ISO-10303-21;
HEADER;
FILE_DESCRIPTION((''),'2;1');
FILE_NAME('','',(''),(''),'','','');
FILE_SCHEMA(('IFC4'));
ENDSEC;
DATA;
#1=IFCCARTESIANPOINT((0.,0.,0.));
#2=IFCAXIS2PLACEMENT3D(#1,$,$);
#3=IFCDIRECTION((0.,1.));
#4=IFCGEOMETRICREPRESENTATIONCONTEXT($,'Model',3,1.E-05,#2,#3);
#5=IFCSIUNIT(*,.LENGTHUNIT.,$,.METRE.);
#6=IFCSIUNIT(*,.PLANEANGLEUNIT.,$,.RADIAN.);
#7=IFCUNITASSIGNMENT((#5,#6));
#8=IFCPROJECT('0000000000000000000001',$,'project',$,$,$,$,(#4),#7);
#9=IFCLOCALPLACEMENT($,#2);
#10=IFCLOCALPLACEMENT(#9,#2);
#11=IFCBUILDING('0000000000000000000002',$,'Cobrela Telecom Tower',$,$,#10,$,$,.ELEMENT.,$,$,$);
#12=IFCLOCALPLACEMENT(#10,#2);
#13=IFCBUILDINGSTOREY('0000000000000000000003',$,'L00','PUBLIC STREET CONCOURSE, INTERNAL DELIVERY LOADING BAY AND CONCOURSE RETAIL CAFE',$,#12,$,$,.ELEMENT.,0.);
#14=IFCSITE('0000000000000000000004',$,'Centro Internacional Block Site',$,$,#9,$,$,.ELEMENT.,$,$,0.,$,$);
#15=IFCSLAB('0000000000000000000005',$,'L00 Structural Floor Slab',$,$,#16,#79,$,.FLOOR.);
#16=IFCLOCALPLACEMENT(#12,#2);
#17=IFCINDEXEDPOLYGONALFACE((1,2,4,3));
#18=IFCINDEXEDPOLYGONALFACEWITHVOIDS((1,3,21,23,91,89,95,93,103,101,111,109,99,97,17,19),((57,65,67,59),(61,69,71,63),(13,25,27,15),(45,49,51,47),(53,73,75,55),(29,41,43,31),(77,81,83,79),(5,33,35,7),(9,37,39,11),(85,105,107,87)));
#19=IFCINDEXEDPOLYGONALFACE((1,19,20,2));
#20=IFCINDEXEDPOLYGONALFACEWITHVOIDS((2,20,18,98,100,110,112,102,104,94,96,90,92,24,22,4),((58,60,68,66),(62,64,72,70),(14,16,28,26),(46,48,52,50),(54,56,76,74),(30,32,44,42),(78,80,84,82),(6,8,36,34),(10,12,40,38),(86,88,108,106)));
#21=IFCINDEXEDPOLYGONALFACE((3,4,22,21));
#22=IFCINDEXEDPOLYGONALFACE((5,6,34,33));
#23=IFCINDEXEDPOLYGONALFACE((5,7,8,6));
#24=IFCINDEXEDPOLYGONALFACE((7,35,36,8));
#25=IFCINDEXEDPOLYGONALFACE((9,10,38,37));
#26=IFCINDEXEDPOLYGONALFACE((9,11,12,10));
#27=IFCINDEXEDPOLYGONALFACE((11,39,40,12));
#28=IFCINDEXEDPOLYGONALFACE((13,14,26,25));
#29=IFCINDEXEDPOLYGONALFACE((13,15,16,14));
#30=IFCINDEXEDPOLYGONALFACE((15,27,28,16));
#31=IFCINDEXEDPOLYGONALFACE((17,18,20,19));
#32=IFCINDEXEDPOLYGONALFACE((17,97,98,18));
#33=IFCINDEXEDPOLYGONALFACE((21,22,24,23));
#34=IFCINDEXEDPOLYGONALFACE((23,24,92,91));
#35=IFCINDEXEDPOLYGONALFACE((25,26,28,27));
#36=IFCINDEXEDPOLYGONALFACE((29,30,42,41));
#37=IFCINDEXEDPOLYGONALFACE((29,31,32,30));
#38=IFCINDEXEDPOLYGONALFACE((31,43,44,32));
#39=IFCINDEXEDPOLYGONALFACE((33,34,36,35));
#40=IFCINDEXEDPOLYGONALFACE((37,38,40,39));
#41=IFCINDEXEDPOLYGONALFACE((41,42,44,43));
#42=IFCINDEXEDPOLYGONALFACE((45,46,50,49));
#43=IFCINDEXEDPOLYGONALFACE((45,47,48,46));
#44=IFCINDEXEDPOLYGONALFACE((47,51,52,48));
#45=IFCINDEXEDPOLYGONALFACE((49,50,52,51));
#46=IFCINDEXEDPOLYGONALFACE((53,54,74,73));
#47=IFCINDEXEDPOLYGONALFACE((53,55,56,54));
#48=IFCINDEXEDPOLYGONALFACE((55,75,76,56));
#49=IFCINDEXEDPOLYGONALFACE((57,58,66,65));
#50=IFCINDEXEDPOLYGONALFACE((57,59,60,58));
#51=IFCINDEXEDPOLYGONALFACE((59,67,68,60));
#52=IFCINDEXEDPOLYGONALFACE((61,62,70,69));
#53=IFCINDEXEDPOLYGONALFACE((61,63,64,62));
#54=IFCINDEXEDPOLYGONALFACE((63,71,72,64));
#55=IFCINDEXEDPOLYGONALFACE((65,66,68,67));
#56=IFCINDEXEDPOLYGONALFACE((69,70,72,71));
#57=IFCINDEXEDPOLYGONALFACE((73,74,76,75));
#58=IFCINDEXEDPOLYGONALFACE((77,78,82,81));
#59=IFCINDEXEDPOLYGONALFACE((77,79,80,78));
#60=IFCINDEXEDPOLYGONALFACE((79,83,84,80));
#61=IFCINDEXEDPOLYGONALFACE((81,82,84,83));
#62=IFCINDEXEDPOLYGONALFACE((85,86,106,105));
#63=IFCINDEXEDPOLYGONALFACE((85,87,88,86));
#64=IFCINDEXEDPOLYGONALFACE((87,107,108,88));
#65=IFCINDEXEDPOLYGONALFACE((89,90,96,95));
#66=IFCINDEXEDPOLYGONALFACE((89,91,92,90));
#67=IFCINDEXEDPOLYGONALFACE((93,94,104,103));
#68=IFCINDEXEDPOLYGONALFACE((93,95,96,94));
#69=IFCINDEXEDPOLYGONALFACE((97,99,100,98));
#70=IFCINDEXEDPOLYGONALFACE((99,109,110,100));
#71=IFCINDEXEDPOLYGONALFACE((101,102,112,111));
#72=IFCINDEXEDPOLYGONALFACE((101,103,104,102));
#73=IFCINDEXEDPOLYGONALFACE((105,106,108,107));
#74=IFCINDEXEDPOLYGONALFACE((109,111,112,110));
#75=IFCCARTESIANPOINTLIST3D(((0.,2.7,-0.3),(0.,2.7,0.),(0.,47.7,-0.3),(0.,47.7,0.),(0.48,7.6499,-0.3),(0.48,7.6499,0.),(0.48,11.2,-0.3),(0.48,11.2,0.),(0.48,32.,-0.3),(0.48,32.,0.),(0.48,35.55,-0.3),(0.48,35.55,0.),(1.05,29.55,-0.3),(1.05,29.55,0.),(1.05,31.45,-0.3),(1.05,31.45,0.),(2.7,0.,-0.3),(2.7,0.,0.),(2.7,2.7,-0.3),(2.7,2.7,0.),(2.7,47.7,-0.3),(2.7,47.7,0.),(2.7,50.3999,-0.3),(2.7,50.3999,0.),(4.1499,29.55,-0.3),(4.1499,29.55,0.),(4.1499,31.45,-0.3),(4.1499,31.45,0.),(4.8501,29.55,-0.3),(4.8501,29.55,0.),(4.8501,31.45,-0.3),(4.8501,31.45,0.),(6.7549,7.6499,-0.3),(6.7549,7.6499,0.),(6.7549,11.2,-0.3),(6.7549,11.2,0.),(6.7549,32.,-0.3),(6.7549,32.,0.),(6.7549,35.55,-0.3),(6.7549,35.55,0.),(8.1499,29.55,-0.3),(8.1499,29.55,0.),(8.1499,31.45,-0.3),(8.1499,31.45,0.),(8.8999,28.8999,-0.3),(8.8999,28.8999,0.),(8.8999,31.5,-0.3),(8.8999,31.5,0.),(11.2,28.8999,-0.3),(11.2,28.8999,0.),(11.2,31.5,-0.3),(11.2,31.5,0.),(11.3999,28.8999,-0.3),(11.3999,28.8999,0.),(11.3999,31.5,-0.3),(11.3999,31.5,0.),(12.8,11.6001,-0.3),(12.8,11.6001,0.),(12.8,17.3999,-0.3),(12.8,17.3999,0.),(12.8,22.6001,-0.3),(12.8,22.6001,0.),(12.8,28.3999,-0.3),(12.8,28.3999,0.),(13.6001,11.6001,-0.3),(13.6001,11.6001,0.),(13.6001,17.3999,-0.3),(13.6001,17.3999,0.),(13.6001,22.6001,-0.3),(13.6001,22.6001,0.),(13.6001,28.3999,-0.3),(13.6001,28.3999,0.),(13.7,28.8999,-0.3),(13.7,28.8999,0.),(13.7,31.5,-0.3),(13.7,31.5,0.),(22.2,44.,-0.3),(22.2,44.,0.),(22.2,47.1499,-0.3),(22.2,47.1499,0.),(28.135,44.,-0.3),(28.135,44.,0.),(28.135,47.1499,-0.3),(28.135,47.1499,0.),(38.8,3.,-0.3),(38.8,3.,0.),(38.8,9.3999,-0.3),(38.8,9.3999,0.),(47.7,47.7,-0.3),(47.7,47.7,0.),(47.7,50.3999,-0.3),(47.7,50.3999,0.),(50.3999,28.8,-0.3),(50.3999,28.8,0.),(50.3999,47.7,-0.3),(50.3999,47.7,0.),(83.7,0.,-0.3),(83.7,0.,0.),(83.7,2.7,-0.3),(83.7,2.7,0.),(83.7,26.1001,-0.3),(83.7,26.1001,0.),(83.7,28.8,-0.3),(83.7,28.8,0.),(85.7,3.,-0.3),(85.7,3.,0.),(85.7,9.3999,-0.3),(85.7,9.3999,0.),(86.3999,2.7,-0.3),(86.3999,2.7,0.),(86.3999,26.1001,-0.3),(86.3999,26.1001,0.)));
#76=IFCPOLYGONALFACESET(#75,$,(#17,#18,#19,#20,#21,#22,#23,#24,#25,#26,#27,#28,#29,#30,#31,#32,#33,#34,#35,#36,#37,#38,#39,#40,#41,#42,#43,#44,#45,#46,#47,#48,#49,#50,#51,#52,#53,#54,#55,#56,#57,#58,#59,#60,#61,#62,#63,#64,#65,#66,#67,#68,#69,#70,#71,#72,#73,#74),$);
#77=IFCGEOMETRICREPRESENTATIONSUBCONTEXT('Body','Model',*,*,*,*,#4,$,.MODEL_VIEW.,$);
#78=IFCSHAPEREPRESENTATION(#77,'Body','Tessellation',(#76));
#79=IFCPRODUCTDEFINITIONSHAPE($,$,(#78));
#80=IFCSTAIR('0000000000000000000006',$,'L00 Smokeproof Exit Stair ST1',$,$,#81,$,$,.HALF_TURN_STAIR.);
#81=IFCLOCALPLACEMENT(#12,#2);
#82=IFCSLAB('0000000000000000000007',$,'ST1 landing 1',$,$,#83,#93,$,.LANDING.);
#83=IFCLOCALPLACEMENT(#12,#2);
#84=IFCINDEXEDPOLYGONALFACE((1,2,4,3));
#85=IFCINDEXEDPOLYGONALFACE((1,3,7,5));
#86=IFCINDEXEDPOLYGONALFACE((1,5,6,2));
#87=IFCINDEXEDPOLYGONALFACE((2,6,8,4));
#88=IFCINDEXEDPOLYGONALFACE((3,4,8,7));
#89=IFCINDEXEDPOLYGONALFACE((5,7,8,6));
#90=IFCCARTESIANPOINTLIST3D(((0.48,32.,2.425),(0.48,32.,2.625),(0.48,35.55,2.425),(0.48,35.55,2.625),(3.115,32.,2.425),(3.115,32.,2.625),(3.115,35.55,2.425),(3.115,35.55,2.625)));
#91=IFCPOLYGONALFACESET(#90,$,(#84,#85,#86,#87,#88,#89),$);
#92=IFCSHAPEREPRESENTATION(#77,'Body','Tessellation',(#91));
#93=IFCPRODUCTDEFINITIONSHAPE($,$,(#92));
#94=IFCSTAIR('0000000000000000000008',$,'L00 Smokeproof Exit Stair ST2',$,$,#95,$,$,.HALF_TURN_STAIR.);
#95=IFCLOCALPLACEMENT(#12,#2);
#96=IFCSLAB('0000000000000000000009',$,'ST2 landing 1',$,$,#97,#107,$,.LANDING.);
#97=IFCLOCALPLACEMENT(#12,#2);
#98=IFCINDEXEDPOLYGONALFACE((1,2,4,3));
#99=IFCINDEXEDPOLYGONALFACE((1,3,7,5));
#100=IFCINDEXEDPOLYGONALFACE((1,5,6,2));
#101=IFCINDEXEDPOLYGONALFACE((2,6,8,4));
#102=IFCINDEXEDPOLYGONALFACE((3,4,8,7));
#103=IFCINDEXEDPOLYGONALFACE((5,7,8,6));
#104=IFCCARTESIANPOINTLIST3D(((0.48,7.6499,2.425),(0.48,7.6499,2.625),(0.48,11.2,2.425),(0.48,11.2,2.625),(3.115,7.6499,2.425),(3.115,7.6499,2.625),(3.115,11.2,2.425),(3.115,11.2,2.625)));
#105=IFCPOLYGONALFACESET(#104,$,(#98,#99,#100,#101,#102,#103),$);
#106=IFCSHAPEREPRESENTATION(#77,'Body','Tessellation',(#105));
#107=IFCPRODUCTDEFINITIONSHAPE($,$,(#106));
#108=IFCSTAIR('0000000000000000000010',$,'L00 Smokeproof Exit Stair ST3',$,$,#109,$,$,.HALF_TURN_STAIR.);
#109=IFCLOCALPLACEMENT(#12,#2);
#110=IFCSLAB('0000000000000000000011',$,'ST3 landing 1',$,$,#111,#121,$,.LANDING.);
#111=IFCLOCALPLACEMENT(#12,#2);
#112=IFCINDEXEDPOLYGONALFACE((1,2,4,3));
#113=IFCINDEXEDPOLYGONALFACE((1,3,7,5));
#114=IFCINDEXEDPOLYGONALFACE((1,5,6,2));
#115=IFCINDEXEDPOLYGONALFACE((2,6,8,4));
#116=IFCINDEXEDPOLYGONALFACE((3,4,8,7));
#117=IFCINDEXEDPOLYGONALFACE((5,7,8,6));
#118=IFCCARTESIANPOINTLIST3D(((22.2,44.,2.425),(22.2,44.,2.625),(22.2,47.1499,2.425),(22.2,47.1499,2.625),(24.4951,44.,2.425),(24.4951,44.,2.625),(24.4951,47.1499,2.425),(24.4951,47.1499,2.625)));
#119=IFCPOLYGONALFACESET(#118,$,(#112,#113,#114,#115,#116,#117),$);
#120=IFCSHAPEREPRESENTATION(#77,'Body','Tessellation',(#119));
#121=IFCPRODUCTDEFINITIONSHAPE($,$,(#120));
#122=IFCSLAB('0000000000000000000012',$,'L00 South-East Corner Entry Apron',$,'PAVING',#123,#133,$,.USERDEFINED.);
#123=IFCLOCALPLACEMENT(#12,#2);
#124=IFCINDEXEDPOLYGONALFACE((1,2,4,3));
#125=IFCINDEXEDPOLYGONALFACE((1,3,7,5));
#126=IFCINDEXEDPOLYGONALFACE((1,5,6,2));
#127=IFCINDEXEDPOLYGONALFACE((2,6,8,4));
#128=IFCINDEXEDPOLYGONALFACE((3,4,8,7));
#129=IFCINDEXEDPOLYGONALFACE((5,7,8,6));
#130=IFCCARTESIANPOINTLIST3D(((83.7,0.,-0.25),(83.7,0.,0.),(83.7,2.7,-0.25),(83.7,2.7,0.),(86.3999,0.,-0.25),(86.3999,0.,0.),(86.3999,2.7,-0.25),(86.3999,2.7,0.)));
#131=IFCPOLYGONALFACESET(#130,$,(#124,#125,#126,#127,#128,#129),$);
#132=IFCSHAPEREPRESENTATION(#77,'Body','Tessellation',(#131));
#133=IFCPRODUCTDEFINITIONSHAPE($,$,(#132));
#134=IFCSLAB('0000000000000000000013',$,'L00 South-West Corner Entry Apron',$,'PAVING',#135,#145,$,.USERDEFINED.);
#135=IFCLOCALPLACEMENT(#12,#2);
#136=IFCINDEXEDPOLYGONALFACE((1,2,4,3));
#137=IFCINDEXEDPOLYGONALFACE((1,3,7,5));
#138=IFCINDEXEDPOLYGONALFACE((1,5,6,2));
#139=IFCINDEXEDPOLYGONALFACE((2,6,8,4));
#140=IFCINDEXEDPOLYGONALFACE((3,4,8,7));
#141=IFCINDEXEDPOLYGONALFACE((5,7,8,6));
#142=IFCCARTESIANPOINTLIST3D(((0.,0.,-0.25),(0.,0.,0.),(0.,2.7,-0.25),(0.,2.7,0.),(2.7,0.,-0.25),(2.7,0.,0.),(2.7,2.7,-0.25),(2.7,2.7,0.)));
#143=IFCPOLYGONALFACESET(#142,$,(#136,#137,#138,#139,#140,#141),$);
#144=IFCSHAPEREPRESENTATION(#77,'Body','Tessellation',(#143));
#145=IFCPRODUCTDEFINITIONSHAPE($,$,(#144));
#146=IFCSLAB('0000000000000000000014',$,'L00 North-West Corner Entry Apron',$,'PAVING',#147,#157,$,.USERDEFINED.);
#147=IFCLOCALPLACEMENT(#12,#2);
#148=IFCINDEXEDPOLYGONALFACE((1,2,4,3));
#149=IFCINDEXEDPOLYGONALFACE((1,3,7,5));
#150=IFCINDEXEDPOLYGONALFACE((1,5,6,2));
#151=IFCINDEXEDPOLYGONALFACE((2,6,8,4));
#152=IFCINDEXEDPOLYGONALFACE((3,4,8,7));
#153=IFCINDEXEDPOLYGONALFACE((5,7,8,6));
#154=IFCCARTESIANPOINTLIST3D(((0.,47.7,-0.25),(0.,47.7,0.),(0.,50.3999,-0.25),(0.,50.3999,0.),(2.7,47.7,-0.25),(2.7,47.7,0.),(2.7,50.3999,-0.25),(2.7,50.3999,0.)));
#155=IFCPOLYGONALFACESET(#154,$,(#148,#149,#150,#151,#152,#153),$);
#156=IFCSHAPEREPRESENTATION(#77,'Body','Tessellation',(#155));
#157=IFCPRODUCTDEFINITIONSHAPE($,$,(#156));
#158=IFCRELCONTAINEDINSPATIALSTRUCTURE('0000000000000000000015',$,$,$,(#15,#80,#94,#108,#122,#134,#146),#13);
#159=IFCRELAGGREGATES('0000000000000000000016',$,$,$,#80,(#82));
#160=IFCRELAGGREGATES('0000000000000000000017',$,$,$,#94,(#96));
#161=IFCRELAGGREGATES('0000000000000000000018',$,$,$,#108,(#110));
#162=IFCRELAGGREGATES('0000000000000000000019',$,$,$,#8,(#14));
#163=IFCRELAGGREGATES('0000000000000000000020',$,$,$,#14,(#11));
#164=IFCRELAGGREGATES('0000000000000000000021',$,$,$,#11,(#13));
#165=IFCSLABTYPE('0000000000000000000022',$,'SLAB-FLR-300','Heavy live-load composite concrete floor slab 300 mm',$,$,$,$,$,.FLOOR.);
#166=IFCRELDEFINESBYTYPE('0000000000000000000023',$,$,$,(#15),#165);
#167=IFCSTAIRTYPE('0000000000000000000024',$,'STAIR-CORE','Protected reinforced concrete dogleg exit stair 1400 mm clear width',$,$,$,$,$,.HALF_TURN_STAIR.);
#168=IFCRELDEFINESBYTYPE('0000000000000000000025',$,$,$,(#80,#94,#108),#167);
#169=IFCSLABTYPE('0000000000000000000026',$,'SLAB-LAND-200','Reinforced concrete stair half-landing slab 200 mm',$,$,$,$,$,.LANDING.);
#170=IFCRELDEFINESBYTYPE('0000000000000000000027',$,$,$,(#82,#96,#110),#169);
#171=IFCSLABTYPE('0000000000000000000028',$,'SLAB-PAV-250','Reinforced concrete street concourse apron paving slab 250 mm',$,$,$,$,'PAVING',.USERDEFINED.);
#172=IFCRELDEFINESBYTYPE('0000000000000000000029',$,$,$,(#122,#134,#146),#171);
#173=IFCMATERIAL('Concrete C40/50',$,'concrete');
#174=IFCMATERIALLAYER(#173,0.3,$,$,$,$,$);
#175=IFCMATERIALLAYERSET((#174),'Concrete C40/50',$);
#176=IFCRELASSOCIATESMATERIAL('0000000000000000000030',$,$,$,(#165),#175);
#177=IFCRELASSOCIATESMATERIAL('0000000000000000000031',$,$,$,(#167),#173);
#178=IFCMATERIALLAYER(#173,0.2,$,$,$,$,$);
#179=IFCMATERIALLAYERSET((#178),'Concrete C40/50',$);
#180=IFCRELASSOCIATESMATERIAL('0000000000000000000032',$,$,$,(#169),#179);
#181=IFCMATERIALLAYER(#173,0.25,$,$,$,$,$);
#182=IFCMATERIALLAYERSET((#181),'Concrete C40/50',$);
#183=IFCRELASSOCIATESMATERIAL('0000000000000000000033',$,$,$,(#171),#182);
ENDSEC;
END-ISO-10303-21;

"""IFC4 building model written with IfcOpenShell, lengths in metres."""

from ifc_helpers import new_model, si_unit, direction, frame, origin, place, context, subcontext, project, spatial, polyline, outline, extrude, material, layer, layer_set, type_object, element, aggregate, save


model = new_model("IFC4")

# Units and contexts
model_context = context("Model", 3, precision=1e-05, world=origin(), true_north=direction((0.0, 1.0)))
body_context = subcontext(model_context, "Body", "Model", "MODEL_VIEW")
ifc_project = project(units=[si_unit("LENGTHUNIT", "METRE"), si_unit("PLANEANGLEUNIT", "RADIAN")], contexts=[model_context])

# Site, building, storey
site_placement = place(None, origin())
site = spatial("IfcSite", under=ifc_project, at=site_placement, Name="Centro Internacional Block Site", CompositionType="ELEMENT", RefElevation=0.0)
building_placement = place(site_placement, origin())
building = spatial("IfcBuilding", under=site, at=building_placement, Name="Cobrela Telecom Tower", CompositionType="ELEMENT")
storey_placement = place(building_placement, origin())
storey = spatial("IfcBuildingStorey", under=building, at=storey_placement, Name="L00", Description="PUBLIC STREET CONCOURSE, INTERNAL DELIVERY LOADING BAY AND CONCOURSE RETAIL CAFE", CompositionType="ELEMENT", Elevation=0.0)

# Slab, openings
ifc_material_1 = material(Name="Concrete C40/50", Category="concrete")
ifc_layer_1 = layer(ifc_material_1, 0.3)
ifc_layer_set_1 = layer_set([ifc_layer_1], Name="Concrete C40/50")
slab_type_1 = type_object("IfcSlabType", Name="SLAB-FLR-300", Description="Heavy live-load composite concrete floor slab 300 mm", PredefinedType="FLOOR", material=ifc_layer_set_1)
slab_1_placement = place(storey_placement, frame((0.0, 0.0, -0.3)))
slab_1 = element("IfcSlab", 1, at=slab_1_placement, inside=storey, type_object=slab_type_1, Name="L00 Structural Floor Slab", PredefinedType="FLOOR", context=body_context, shape_type="SweptSolid", body=[
    extrude(outline(polyline([(2.7, 0.0), (83.7, 0.0), (83.7, 2.7), (86.3999, 2.7), (86.3999, 26.1001), (83.7, 26.1001), (83.7, 28.8), (50.3999, 28.8), (50.3999, 47.7), (47.7, 47.7), (47.7, 50.3999), (2.7, 50.3999), (2.7, 47.7), (0.0, 47.7), (0.0, 2.7), (2.7, 2.7), (2.7, 0.0)])), origin(), (0.0, 0.0, 1.0), 0.3),
])
opening_1_placement = place(slab_1_placement, frame((0.0, 0.0, -0.02)))
element("IfcOpeningElement", 2, at=opening_1_placement, cuts=slab_1, PredefinedType="OPENING", context=body_context, shape_type="SweptSolid", body=[
    extrude(outline(polyline([(8.8999, 28.8999), (11.2, 28.8999), (11.2, 31.5), (8.8999, 31.5), (8.8999, 28.8999)])), origin(), (0.0, 0.0, 1.0), 0.3401),
])
opening_2_placement = place(slab_1_placement, frame((0.0, 0.0, -0.02)))
element("IfcOpeningElement", 3, at=opening_2_placement, cuts=slab_1, PredefinedType="OPENING", context=body_context, shape_type="SweptSolid", body=[
    extrude(outline(polyline([(11.3999, 28.8999), (13.7, 28.8999), (13.7, 31.5), (11.3999, 31.5), (11.3999, 28.8999)])), origin(), (0.0, 0.0, 1.0), 0.3401),
])
opening_3_placement = place(slab_1_placement, frame((0.0, 0.0, -0.02)))
element("IfcOpeningElement", 4, at=opening_3_placement, cuts=slab_1, PredefinedType="OPENING", context=body_context, shape_type="SweptSolid", body=[
    extrude(outline(polyline([(1.05, 29.55), (4.1499, 29.55), (4.1499, 31.45), (1.05, 31.45), (1.05, 29.55)])), origin(), (0.0, 0.0, 1.0), 0.3401),
])
opening_4_placement = place(slab_1_placement, frame((0.0, 0.0, -0.02)))
element("IfcOpeningElement", 5, at=opening_4_placement, cuts=slab_1, PredefinedType="OPENING", context=body_context, shape_type="SweptSolid", body=[
    extrude(outline(polyline([(4.8501, 29.55), (8.1499, 29.55), (8.1499, 31.45), (4.8501, 31.45), (4.8501, 29.55)])), origin(), (0.0, 0.0, 1.0), 0.3401),
])
opening_5_placement = place(slab_1_placement, frame((0.0, 0.0, -0.02)))
element("IfcOpeningElement", 6, at=opening_5_placement, cuts=slab_1, PredefinedType="OPENING", context=body_context, shape_type="SweptSolid", body=[
    extrude(outline(polyline([(12.8, 22.6001), (13.6001, 22.6001), (13.6001, 28.3999), (12.8, 28.3999), (12.8, 22.6001)])), origin(), (0.0, 0.0, 1.0), 0.3401),
])
opening_6_placement = place(slab_1_placement, frame((0.0, 0.0, -0.02)))
element("IfcOpeningElement", 7, at=opening_6_placement, cuts=slab_1, PredefinedType="OPENING", context=body_context, shape_type="SweptSolid", body=[
    extrude(outline(polyline([(12.8, 11.6001), (13.6001, 11.6001), (13.6001, 17.3999), (12.8, 17.3999), (12.8, 11.6001)])), origin(), (0.0, 0.0, 1.0), 0.3401),
])
opening_7_placement = place(slab_1_placement, frame((0.0, 0.0, -0.02)))
element("IfcOpeningElement", 8, at=opening_7_placement, cuts=slab_1, PredefinedType="OPENING", context=body_context, shape_type="SweptSolid", body=[
    extrude(outline(polyline([(38.8, 3.0), (85.7, 3.0), (85.7, 9.3999), (38.8, 9.3999), (38.8, 3.0)])), origin(), (0.0, 0.0, 1.0), 0.3401),
])
opening_8_placement = place(slab_1_placement, frame((0.0, 0.0, -0.02)))
element("IfcOpeningElement", 9, at=opening_8_placement, cuts=slab_1, PredefinedType="OPENING", context=body_context, shape_type="SweptSolid", body=[
    extrude(outline(polyline([(6.7549, 35.55), (0.48, 35.55), (0.48, 32.0), (6.7549, 32.0), (6.7549, 35.55)])), origin(), (0.0, 0.0, 1.0), 0.3401),
])
opening_9_placement = place(slab_1_placement, frame((0.0, 0.0, -0.02)))
element("IfcOpeningElement", 10, at=opening_9_placement, cuts=slab_1, PredefinedType="OPENING", context=body_context, shape_type="SweptSolid", body=[
    extrude(outline(polyline([(6.7549, 11.2), (0.48, 11.2), (0.48, 7.6499), (6.7549, 7.6499), (6.7549, 11.2)])), origin(), (0.0, 0.0, 1.0), 0.3401),
])
opening_10_placement = place(slab_1_placement, frame((0.0, 0.0, -0.02)))
element("IfcOpeningElement", 11, at=opening_10_placement, cuts=slab_1, PredefinedType="OPENING", context=body_context, shape_type="SweptSolid", body=[
    extrude(outline(polyline([(28.135, 47.1499), (22.2, 47.1499), (22.2, 44.0), (28.135, 44.0), (28.135, 47.1499)])), origin(), (0.0, 0.0, 1.0), 0.3401),
])

# Stairs, slabs
stair_type = type_object("IfcStairType", Name="STAIR-CORE", Description="Protected reinforced concrete dogleg exit stair 1400 mm clear width", PredefinedType="HALF_TURN_STAIR", material=ifc_material_1)
stair_1_placement = place(storey_placement, origin())
stair_1 = element("IfcStair", 12, at=stair_1_placement, inside=storey, type_object=stair_type, Name="L00 Smokeproof Exit Stair ST1", PredefinedType="HALF_TURN_STAIR")
ifc_layer_2 = layer(ifc_material_1, 0.2)
ifc_layer_set_2 = layer_set([ifc_layer_2], Name="Concrete C40/50")
slab_type_2 = type_object("IfcSlabType", Name="SLAB-LAND-200", Description="Reinforced concrete stair half-landing slab 200 mm", PredefinedType="LANDING", material=ifc_layer_set_2)
slab_2_placement = place(storey_placement, frame((0.0, 0.0, 2.425)))
slab_2 = element("IfcSlab", 13, at=slab_2_placement, type_object=slab_type_2, Name="ST1 landing 1", PredefinedType="LANDING", context=body_context, shape_type="SweptSolid", body=[
    extrude(outline(polyline([(3.115, 35.55), (0.48, 35.55), (0.48, 32.0), (3.115, 32.0), (3.115, 35.55)])), origin(), (0.0, 0.0, 1.0), 0.2),
])
aggregate(stair_1, [slab_2])
stair_2_placement = place(storey_placement, origin())
stair_2 = element("IfcStair", 14, at=stair_2_placement, inside=storey, type_object=stair_type, Name="L00 Smokeproof Exit Stair ST2", PredefinedType="HALF_TURN_STAIR")
slab_3_placement = place(storey_placement, frame((0.0, 0.0, 2.425)))
slab_3 = element("IfcSlab", 15, at=slab_3_placement, type_object=slab_type_2, Name="ST2 landing 1", PredefinedType="LANDING", context=body_context, shape_type="SweptSolid", body=[
    extrude(outline(polyline([(3.115, 11.2), (0.48, 11.2), (0.48, 7.6499), (3.115, 7.6499), (3.115, 11.2)])), origin(), (0.0, 0.0, 1.0), 0.2),
])
aggregate(stair_2, [slab_3])
stair_3_placement = place(storey_placement, origin())
stair_3 = element("IfcStair", 16, at=stair_3_placement, inside=storey, type_object=stair_type, Name="L00 Smokeproof Exit Stair ST3", PredefinedType="HALF_TURN_STAIR")
slab_4_placement = place(storey_placement, frame((0.0, 0.0, 2.425)))
slab_4 = element("IfcSlab", 17, at=slab_4_placement, type_object=slab_type_2, Name="ST3 landing 1", PredefinedType="LANDING", context=body_context, shape_type="SweptSolid", body=[
    extrude(outline(polyline([(24.4951, 47.1499), (22.2, 47.1499), (22.2, 44.0), (24.4951, 44.0), (24.4951, 47.1499)])), origin(), (0.0, 0.0, 1.0), 0.2),
])
aggregate(stair_3, [slab_4])

# Slabs
ifc_layer_3 = layer(ifc_material_1, 0.25)
ifc_layer_set_3 = layer_set([ifc_layer_3], Name="Concrete C40/50")
slab_type_3 = type_object("IfcSlabType", Name="SLAB-PAV-250", Description="Reinforced concrete street concourse apron paving slab 250 mm", ElementType="PAVING", PredefinedType="USERDEFINED", material=ifc_layer_set_3)
slab_5_placement = place(storey_placement, frame((0.0, 0.0, -0.25)))
element("IfcSlab", 18, at=slab_5_placement, inside=storey, type_object=slab_type_3, Name="L00 South-East Corner Entry Apron", ObjectType="PAVING", PredefinedType="USERDEFINED", context=body_context, shape_type="SweptSolid", body=[
    extrude(outline(polyline([(83.7, 0.0), (86.3999, 0.0), (86.3999, 2.7), (83.7, 2.7), (83.7, 0.0)])), origin(), (0.0, 0.0, 1.0), 0.25),
])
slab_6_placement = place(storey_placement, frame((0.0, 0.0, -0.25)))
element("IfcSlab", 19, at=slab_6_placement, inside=storey, type_object=slab_type_3, Name="L00 South-West Corner Entry Apron", ObjectType="PAVING", PredefinedType="USERDEFINED", context=body_context, shape_type="SweptSolid", body=[
    extrude(outline(polyline([(0.0, 0.0), (2.7, 0.0), (2.7, 2.7), (0.0, 2.7), (0.0, 0.0)])), origin(), (0.0, 0.0, 1.0), 0.25),
])
slab_7_placement = place(storey_placement, frame((0.0, 0.0, -0.25)))
element("IfcSlab", 20, at=slab_7_placement, inside=storey, type_object=slab_type_3, Name="L00 North-West Corner Entry Apron", ObjectType="PAVING", PredefinedType="USERDEFINED", context=body_context, shape_type="SweptSolid", body=[
    extrude(outline(polyline([(0.0, 47.7), (2.7, 47.7), (2.7, 50.3999), (0.0, 50.3999), (0.0, 47.7)])), origin(), (0.0, 0.0, 1.0), 0.25),
])

save(model, "model.ifc")
